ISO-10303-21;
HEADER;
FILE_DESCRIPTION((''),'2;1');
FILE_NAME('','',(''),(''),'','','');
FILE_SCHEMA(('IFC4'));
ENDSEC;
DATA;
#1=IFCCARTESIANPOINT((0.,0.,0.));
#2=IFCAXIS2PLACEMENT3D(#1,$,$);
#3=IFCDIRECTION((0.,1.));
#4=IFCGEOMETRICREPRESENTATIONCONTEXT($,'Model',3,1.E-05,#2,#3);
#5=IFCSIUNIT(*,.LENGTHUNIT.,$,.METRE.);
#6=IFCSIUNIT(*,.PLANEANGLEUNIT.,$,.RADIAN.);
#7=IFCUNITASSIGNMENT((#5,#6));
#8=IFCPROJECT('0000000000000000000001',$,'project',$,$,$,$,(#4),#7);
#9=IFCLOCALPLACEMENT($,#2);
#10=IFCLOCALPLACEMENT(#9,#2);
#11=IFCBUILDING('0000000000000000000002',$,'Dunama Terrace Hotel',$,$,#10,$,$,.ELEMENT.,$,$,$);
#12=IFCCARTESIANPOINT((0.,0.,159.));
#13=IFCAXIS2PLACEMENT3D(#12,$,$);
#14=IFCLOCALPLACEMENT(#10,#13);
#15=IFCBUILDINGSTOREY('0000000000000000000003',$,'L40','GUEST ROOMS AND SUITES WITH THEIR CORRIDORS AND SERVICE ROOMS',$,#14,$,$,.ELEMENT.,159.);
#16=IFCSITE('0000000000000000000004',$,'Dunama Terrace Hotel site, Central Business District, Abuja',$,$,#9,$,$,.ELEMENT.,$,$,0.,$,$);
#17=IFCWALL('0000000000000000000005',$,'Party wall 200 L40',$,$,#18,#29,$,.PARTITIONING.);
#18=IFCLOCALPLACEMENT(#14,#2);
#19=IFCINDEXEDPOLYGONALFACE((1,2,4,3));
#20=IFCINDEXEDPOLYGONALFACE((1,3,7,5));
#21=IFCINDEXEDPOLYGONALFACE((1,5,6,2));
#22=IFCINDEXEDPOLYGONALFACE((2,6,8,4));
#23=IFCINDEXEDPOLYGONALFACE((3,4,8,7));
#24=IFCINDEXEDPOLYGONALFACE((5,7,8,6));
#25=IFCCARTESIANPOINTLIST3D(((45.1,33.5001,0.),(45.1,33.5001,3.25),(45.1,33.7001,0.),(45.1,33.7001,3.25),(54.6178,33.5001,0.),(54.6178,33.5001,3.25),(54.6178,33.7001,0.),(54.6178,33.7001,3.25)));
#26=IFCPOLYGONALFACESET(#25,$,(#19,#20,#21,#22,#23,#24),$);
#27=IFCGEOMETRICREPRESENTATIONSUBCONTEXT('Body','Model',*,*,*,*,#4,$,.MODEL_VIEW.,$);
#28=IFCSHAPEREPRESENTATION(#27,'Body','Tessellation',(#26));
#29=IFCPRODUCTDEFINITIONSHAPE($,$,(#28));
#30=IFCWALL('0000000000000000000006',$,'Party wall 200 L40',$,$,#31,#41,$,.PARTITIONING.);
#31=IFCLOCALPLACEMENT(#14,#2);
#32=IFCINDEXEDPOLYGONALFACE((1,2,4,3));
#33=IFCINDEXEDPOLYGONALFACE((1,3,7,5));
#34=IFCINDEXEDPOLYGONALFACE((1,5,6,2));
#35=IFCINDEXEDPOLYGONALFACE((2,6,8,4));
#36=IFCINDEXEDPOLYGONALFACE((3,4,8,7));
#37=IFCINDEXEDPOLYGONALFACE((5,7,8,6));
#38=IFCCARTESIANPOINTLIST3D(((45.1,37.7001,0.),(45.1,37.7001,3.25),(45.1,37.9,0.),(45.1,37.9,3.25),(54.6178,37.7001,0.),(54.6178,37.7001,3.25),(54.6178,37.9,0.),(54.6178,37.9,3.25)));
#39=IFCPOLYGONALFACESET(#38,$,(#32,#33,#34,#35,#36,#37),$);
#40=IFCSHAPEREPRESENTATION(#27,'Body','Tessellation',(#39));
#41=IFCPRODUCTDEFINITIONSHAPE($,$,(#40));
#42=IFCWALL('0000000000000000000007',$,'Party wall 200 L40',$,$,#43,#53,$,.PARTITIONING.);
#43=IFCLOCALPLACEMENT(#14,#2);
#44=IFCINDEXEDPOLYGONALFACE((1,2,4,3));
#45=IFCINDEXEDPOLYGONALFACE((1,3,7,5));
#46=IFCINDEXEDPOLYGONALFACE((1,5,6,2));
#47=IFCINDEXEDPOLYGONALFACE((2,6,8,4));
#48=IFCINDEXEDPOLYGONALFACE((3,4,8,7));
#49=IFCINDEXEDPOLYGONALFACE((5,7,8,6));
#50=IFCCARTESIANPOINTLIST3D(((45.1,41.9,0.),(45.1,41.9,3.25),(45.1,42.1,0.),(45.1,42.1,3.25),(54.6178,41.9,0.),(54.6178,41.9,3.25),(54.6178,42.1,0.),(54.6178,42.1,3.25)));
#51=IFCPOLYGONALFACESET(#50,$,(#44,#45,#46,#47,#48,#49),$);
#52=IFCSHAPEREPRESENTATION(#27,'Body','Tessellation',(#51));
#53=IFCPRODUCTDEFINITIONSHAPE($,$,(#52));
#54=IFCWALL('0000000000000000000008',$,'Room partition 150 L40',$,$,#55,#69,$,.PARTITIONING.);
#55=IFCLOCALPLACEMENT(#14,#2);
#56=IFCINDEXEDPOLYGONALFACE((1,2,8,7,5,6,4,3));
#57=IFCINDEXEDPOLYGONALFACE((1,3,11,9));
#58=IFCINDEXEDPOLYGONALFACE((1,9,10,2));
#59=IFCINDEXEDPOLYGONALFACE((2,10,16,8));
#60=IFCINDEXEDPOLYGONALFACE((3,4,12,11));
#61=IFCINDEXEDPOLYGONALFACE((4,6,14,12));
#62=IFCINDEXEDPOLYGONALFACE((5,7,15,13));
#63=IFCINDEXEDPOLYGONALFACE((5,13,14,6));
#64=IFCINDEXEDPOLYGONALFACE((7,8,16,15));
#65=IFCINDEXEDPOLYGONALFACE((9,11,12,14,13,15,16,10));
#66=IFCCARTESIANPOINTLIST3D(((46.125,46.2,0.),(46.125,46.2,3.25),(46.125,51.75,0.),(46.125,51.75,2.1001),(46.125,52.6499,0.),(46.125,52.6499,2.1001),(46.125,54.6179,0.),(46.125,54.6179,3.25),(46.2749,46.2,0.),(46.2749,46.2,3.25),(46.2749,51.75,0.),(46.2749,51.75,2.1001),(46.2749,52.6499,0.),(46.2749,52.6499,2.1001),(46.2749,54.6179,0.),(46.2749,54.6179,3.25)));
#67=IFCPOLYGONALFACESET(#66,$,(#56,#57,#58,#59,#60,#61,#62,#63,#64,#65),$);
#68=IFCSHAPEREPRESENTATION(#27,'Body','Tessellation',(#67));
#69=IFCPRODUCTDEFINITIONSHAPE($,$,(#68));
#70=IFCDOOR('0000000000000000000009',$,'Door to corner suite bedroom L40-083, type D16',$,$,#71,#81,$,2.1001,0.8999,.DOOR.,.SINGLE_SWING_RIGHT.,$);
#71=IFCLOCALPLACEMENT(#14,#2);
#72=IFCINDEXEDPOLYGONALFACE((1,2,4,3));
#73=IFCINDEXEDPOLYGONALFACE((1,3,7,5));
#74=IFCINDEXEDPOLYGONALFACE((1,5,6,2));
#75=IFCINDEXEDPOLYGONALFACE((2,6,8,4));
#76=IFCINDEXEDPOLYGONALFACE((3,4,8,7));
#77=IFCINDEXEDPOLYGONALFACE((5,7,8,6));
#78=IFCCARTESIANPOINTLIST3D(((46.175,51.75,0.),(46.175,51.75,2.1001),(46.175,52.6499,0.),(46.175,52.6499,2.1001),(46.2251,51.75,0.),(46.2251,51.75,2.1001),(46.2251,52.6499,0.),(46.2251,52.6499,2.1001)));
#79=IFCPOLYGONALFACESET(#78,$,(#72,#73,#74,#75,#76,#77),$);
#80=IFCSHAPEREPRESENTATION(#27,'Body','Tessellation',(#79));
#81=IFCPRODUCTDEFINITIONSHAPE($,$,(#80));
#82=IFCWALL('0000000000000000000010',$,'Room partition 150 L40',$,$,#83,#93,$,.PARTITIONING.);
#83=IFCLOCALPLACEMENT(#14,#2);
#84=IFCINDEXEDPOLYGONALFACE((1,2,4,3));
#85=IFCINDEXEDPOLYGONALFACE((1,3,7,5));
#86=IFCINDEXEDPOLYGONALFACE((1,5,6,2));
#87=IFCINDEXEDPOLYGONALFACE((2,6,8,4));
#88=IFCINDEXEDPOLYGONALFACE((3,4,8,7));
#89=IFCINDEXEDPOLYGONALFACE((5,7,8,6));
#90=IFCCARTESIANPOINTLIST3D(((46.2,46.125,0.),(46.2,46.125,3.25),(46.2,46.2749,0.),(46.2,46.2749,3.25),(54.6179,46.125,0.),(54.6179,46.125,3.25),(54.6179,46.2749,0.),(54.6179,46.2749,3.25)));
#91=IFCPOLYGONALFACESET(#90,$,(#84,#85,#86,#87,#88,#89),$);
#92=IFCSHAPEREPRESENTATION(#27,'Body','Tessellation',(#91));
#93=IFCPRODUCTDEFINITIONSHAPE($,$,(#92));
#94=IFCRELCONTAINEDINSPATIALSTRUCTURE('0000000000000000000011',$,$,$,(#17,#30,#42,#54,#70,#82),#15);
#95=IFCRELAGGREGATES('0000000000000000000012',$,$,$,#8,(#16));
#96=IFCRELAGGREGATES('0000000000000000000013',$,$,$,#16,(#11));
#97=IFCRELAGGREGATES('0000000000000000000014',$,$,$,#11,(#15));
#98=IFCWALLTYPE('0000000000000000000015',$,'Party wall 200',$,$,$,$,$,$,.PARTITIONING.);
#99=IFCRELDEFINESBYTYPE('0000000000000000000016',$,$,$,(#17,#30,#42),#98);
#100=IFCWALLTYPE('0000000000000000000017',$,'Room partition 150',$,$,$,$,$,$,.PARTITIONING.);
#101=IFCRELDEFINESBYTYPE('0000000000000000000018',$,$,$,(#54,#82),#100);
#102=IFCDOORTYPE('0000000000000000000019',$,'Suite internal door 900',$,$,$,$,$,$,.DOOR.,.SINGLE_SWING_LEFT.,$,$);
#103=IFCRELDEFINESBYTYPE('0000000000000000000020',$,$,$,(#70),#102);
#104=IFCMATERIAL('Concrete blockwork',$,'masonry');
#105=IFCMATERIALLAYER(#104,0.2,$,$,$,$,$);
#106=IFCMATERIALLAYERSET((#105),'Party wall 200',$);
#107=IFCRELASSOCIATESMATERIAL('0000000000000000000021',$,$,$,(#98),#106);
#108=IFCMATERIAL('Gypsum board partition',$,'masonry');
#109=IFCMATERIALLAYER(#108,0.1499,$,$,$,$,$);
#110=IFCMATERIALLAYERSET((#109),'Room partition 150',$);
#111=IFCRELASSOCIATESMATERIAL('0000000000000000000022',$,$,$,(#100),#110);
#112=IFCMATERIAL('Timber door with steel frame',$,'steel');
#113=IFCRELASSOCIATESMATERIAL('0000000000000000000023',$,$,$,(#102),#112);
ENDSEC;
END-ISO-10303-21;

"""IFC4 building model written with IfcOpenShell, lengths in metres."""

from ifc_helpers import new_model, si_unit, direction, frame, frame_2d, origin, place, context, subcontext, project, spatial, rectangle, extrude, material, layer, layer_set, type_object, element, fill, save


model = new_model("IFC4")

# Units and contexts
model_context = context("Model", 3, precision=1e-05, world=origin(), true_north=direction((0.0, 1.0)))
body_context = subcontext(model_context, "Body", "Model", "MODEL_VIEW")
ifc_project = project(units=[si_unit("LENGTHUNIT", "METRE"), si_unit("PLANEANGLEUNIT", "RADIAN")], contexts=[model_context])

# Site, building, storey
site_placement = place(None, origin())
site = spatial("IfcSite", under=ifc_project, at=site_placement, Name="Dunama Terrace Hotel site, Central Business District, Abuja", CompositionType="ELEMENT", RefElevation=0.0)
building_placement = place(site_placement, origin())
building = spatial("IfcBuilding", under=site, at=building_placement, Name="Dunama Terrace Hotel", CompositionType="ELEMENT")
storey_placement = place(building_placement, frame((0.0, 0.0, 159.0)))
storey = spatial("IfcBuildingStorey", under=building, at=storey_placement, Name="L40", Description="GUEST ROOMS AND SUITES WITH THEIR CORRIDORS AND SERVICE ROOMS", CompositionType="ELEMENT", Elevation=159.0)

# Walls
ifc_material_1 = material(Name="Concrete blockwork", Category="masonry")
ifc_layer_1 = layer(ifc_material_1, 0.2)
ifc_layer_set_1 = layer_set([ifc_layer_1], Name="Party wall 200")
wall_type_1 = type_object("IfcWallType", Name="Party wall 200", PredefinedType="PARTITIONING", material=ifc_layer_set_1)
for number, where, z_axis, x_axis, name in (
    (1, (45.1001, 33.6001, 0.0), (0.0, 0.0, 1.0), (1.0, 0.0, 0.0), "Party wall 200 L40"),
    (2, (45.1001, 37.8, 0.0), (0.0, 0.0, 1.0), (1.0, 0.0, 0.0), "Party wall 200 L40"),
    (3, (45.1001, 42.0, 0.0), (0.0, 0.0, 1.0), (1.0, 0.0, 0.0), "Party wall 200 L40"),
):
    element("IfcWall", number, at=place(storey_placement, frame(where, z_axis=z_axis, x_axis=x_axis)), inside=storey, type_object=wall_type_1, Name=name, PredefinedType="PARTITIONING", context=body_context, shape_type="SweptSolid", body=[
        extrude(rectangle(XDim=9.5178, YDim=0.2, at=frame_2d((4.7588, 0.0))), origin(), (0.0, 0.0, 1.0), 3.25),
    ])

# Wall, opening, door
ifc_material_2 = material(Name="Gypsum board partition", Category="masonry")
ifc_layer_2 = layer(ifc_material_2, 0.1499)
ifc_layer_set_2 = layer_set([ifc_layer_2], Name="Room partition 150")
wall_type_2 = type_object("IfcWallType", Name="Room partition 150", PredefinedType="PARTITIONING", material=ifc_layer_set_2)
wall_1_placement = place(storey_placement, frame((46.2, 46.2, 0.0), z_axis=(0.0, 0.0, 1.0), x_axis=(0.0, 1.0, 0.0)))
wall_1 = element("IfcWall", 4, at=wall_1_placement, inside=storey, type_object=wall_type_2, Name="Room partition 150 L40", PredefinedType="PARTITIONING", context=body_context, shape_type="SweptSolid", body=[
    extrude(rectangle(XDim=8.418, YDim=0.1499, at=frame_2d((4.209, 0.0))), origin(), (0.0, 0.0, 1.0), 3.25),
])
opening_1_placement = place(wall_1_placement, frame((5.55, 0.0, 0.0)))
opening_1 = element("IfcOpeningElement", 5, at=opening_1_placement, cuts=wall_1, PredefinedType="OPENING", context=body_context, shape_type="SweptSolid", body=[
    extrude(rectangle(XDim=0.8999, YDim=2.1001, at=frame_2d((0.45, 1.05))), frame((0.0, 0.085, 0.0), z_axis=(0.0, -1.0, 0.0), x_axis=(1.0, 0.0, 0.0)), (0.0, 0.0, 1.0), 0.1699),
])
ifc_material_3 = material(Name="Timber door with steel frame", Category="steel")
door_type_1 = type_object("IfcDoorType", Name="Suite internal door 900", OperationType="SINGLE_SWING_LEFT", PredefinedType="DOOR", material=ifc_material_3)
door_1_placement = place(opening_1_placement, frame((0.8999, 0.0, 0.0), z_axis=(0.0, 0.0, 1.0), x_axis=(-1.0, 0.0, 0.0)))
door_1 = element("IfcDoor", 6, at=door_1_placement, inside=storey, type_object=door_type_1, Name="Door to corner suite bedroom L40-083, type D16", OperationType="SINGLE_SWING_RIGHT", OverallHeight=2.1001, OverallWidth=0.8999, PredefinedType="DOOR", context=body_context, shape_type="SweptSolid", body=[
    extrude(rectangle(XDim=0.8999, YDim=2.1001, at=frame_2d((0.45, 1.05))), frame((0.0, 0.0251, 0.0), z_axis=(0.0, -1.0, 0.0), x_axis=(1.0, 0.0, 0.0)), (0.0, 0.0, 1.0), 0.05),
])
fill(opening_1, door_1)

# Wall
wall_2_placement = place(storey_placement, frame((46.2, 46.2, 0.0), z_axis=(0.0, 0.0, 1.0), x_axis=(1.0, 0.0, 0.0)))
element("IfcWall", 7, at=wall_2_placement, inside=storey, type_object=wall_type_2, Name="Room partition 150 L40", PredefinedType="PARTITIONING", context=body_context, shape_type="SweptSolid", body=[
    extrude(rectangle(XDim=8.418, YDim=0.1499, at=frame_2d((4.209, 0.0))), origin(), (0.0, 0.0, 1.0), 3.25),
])

save(model, "model.ifc")
